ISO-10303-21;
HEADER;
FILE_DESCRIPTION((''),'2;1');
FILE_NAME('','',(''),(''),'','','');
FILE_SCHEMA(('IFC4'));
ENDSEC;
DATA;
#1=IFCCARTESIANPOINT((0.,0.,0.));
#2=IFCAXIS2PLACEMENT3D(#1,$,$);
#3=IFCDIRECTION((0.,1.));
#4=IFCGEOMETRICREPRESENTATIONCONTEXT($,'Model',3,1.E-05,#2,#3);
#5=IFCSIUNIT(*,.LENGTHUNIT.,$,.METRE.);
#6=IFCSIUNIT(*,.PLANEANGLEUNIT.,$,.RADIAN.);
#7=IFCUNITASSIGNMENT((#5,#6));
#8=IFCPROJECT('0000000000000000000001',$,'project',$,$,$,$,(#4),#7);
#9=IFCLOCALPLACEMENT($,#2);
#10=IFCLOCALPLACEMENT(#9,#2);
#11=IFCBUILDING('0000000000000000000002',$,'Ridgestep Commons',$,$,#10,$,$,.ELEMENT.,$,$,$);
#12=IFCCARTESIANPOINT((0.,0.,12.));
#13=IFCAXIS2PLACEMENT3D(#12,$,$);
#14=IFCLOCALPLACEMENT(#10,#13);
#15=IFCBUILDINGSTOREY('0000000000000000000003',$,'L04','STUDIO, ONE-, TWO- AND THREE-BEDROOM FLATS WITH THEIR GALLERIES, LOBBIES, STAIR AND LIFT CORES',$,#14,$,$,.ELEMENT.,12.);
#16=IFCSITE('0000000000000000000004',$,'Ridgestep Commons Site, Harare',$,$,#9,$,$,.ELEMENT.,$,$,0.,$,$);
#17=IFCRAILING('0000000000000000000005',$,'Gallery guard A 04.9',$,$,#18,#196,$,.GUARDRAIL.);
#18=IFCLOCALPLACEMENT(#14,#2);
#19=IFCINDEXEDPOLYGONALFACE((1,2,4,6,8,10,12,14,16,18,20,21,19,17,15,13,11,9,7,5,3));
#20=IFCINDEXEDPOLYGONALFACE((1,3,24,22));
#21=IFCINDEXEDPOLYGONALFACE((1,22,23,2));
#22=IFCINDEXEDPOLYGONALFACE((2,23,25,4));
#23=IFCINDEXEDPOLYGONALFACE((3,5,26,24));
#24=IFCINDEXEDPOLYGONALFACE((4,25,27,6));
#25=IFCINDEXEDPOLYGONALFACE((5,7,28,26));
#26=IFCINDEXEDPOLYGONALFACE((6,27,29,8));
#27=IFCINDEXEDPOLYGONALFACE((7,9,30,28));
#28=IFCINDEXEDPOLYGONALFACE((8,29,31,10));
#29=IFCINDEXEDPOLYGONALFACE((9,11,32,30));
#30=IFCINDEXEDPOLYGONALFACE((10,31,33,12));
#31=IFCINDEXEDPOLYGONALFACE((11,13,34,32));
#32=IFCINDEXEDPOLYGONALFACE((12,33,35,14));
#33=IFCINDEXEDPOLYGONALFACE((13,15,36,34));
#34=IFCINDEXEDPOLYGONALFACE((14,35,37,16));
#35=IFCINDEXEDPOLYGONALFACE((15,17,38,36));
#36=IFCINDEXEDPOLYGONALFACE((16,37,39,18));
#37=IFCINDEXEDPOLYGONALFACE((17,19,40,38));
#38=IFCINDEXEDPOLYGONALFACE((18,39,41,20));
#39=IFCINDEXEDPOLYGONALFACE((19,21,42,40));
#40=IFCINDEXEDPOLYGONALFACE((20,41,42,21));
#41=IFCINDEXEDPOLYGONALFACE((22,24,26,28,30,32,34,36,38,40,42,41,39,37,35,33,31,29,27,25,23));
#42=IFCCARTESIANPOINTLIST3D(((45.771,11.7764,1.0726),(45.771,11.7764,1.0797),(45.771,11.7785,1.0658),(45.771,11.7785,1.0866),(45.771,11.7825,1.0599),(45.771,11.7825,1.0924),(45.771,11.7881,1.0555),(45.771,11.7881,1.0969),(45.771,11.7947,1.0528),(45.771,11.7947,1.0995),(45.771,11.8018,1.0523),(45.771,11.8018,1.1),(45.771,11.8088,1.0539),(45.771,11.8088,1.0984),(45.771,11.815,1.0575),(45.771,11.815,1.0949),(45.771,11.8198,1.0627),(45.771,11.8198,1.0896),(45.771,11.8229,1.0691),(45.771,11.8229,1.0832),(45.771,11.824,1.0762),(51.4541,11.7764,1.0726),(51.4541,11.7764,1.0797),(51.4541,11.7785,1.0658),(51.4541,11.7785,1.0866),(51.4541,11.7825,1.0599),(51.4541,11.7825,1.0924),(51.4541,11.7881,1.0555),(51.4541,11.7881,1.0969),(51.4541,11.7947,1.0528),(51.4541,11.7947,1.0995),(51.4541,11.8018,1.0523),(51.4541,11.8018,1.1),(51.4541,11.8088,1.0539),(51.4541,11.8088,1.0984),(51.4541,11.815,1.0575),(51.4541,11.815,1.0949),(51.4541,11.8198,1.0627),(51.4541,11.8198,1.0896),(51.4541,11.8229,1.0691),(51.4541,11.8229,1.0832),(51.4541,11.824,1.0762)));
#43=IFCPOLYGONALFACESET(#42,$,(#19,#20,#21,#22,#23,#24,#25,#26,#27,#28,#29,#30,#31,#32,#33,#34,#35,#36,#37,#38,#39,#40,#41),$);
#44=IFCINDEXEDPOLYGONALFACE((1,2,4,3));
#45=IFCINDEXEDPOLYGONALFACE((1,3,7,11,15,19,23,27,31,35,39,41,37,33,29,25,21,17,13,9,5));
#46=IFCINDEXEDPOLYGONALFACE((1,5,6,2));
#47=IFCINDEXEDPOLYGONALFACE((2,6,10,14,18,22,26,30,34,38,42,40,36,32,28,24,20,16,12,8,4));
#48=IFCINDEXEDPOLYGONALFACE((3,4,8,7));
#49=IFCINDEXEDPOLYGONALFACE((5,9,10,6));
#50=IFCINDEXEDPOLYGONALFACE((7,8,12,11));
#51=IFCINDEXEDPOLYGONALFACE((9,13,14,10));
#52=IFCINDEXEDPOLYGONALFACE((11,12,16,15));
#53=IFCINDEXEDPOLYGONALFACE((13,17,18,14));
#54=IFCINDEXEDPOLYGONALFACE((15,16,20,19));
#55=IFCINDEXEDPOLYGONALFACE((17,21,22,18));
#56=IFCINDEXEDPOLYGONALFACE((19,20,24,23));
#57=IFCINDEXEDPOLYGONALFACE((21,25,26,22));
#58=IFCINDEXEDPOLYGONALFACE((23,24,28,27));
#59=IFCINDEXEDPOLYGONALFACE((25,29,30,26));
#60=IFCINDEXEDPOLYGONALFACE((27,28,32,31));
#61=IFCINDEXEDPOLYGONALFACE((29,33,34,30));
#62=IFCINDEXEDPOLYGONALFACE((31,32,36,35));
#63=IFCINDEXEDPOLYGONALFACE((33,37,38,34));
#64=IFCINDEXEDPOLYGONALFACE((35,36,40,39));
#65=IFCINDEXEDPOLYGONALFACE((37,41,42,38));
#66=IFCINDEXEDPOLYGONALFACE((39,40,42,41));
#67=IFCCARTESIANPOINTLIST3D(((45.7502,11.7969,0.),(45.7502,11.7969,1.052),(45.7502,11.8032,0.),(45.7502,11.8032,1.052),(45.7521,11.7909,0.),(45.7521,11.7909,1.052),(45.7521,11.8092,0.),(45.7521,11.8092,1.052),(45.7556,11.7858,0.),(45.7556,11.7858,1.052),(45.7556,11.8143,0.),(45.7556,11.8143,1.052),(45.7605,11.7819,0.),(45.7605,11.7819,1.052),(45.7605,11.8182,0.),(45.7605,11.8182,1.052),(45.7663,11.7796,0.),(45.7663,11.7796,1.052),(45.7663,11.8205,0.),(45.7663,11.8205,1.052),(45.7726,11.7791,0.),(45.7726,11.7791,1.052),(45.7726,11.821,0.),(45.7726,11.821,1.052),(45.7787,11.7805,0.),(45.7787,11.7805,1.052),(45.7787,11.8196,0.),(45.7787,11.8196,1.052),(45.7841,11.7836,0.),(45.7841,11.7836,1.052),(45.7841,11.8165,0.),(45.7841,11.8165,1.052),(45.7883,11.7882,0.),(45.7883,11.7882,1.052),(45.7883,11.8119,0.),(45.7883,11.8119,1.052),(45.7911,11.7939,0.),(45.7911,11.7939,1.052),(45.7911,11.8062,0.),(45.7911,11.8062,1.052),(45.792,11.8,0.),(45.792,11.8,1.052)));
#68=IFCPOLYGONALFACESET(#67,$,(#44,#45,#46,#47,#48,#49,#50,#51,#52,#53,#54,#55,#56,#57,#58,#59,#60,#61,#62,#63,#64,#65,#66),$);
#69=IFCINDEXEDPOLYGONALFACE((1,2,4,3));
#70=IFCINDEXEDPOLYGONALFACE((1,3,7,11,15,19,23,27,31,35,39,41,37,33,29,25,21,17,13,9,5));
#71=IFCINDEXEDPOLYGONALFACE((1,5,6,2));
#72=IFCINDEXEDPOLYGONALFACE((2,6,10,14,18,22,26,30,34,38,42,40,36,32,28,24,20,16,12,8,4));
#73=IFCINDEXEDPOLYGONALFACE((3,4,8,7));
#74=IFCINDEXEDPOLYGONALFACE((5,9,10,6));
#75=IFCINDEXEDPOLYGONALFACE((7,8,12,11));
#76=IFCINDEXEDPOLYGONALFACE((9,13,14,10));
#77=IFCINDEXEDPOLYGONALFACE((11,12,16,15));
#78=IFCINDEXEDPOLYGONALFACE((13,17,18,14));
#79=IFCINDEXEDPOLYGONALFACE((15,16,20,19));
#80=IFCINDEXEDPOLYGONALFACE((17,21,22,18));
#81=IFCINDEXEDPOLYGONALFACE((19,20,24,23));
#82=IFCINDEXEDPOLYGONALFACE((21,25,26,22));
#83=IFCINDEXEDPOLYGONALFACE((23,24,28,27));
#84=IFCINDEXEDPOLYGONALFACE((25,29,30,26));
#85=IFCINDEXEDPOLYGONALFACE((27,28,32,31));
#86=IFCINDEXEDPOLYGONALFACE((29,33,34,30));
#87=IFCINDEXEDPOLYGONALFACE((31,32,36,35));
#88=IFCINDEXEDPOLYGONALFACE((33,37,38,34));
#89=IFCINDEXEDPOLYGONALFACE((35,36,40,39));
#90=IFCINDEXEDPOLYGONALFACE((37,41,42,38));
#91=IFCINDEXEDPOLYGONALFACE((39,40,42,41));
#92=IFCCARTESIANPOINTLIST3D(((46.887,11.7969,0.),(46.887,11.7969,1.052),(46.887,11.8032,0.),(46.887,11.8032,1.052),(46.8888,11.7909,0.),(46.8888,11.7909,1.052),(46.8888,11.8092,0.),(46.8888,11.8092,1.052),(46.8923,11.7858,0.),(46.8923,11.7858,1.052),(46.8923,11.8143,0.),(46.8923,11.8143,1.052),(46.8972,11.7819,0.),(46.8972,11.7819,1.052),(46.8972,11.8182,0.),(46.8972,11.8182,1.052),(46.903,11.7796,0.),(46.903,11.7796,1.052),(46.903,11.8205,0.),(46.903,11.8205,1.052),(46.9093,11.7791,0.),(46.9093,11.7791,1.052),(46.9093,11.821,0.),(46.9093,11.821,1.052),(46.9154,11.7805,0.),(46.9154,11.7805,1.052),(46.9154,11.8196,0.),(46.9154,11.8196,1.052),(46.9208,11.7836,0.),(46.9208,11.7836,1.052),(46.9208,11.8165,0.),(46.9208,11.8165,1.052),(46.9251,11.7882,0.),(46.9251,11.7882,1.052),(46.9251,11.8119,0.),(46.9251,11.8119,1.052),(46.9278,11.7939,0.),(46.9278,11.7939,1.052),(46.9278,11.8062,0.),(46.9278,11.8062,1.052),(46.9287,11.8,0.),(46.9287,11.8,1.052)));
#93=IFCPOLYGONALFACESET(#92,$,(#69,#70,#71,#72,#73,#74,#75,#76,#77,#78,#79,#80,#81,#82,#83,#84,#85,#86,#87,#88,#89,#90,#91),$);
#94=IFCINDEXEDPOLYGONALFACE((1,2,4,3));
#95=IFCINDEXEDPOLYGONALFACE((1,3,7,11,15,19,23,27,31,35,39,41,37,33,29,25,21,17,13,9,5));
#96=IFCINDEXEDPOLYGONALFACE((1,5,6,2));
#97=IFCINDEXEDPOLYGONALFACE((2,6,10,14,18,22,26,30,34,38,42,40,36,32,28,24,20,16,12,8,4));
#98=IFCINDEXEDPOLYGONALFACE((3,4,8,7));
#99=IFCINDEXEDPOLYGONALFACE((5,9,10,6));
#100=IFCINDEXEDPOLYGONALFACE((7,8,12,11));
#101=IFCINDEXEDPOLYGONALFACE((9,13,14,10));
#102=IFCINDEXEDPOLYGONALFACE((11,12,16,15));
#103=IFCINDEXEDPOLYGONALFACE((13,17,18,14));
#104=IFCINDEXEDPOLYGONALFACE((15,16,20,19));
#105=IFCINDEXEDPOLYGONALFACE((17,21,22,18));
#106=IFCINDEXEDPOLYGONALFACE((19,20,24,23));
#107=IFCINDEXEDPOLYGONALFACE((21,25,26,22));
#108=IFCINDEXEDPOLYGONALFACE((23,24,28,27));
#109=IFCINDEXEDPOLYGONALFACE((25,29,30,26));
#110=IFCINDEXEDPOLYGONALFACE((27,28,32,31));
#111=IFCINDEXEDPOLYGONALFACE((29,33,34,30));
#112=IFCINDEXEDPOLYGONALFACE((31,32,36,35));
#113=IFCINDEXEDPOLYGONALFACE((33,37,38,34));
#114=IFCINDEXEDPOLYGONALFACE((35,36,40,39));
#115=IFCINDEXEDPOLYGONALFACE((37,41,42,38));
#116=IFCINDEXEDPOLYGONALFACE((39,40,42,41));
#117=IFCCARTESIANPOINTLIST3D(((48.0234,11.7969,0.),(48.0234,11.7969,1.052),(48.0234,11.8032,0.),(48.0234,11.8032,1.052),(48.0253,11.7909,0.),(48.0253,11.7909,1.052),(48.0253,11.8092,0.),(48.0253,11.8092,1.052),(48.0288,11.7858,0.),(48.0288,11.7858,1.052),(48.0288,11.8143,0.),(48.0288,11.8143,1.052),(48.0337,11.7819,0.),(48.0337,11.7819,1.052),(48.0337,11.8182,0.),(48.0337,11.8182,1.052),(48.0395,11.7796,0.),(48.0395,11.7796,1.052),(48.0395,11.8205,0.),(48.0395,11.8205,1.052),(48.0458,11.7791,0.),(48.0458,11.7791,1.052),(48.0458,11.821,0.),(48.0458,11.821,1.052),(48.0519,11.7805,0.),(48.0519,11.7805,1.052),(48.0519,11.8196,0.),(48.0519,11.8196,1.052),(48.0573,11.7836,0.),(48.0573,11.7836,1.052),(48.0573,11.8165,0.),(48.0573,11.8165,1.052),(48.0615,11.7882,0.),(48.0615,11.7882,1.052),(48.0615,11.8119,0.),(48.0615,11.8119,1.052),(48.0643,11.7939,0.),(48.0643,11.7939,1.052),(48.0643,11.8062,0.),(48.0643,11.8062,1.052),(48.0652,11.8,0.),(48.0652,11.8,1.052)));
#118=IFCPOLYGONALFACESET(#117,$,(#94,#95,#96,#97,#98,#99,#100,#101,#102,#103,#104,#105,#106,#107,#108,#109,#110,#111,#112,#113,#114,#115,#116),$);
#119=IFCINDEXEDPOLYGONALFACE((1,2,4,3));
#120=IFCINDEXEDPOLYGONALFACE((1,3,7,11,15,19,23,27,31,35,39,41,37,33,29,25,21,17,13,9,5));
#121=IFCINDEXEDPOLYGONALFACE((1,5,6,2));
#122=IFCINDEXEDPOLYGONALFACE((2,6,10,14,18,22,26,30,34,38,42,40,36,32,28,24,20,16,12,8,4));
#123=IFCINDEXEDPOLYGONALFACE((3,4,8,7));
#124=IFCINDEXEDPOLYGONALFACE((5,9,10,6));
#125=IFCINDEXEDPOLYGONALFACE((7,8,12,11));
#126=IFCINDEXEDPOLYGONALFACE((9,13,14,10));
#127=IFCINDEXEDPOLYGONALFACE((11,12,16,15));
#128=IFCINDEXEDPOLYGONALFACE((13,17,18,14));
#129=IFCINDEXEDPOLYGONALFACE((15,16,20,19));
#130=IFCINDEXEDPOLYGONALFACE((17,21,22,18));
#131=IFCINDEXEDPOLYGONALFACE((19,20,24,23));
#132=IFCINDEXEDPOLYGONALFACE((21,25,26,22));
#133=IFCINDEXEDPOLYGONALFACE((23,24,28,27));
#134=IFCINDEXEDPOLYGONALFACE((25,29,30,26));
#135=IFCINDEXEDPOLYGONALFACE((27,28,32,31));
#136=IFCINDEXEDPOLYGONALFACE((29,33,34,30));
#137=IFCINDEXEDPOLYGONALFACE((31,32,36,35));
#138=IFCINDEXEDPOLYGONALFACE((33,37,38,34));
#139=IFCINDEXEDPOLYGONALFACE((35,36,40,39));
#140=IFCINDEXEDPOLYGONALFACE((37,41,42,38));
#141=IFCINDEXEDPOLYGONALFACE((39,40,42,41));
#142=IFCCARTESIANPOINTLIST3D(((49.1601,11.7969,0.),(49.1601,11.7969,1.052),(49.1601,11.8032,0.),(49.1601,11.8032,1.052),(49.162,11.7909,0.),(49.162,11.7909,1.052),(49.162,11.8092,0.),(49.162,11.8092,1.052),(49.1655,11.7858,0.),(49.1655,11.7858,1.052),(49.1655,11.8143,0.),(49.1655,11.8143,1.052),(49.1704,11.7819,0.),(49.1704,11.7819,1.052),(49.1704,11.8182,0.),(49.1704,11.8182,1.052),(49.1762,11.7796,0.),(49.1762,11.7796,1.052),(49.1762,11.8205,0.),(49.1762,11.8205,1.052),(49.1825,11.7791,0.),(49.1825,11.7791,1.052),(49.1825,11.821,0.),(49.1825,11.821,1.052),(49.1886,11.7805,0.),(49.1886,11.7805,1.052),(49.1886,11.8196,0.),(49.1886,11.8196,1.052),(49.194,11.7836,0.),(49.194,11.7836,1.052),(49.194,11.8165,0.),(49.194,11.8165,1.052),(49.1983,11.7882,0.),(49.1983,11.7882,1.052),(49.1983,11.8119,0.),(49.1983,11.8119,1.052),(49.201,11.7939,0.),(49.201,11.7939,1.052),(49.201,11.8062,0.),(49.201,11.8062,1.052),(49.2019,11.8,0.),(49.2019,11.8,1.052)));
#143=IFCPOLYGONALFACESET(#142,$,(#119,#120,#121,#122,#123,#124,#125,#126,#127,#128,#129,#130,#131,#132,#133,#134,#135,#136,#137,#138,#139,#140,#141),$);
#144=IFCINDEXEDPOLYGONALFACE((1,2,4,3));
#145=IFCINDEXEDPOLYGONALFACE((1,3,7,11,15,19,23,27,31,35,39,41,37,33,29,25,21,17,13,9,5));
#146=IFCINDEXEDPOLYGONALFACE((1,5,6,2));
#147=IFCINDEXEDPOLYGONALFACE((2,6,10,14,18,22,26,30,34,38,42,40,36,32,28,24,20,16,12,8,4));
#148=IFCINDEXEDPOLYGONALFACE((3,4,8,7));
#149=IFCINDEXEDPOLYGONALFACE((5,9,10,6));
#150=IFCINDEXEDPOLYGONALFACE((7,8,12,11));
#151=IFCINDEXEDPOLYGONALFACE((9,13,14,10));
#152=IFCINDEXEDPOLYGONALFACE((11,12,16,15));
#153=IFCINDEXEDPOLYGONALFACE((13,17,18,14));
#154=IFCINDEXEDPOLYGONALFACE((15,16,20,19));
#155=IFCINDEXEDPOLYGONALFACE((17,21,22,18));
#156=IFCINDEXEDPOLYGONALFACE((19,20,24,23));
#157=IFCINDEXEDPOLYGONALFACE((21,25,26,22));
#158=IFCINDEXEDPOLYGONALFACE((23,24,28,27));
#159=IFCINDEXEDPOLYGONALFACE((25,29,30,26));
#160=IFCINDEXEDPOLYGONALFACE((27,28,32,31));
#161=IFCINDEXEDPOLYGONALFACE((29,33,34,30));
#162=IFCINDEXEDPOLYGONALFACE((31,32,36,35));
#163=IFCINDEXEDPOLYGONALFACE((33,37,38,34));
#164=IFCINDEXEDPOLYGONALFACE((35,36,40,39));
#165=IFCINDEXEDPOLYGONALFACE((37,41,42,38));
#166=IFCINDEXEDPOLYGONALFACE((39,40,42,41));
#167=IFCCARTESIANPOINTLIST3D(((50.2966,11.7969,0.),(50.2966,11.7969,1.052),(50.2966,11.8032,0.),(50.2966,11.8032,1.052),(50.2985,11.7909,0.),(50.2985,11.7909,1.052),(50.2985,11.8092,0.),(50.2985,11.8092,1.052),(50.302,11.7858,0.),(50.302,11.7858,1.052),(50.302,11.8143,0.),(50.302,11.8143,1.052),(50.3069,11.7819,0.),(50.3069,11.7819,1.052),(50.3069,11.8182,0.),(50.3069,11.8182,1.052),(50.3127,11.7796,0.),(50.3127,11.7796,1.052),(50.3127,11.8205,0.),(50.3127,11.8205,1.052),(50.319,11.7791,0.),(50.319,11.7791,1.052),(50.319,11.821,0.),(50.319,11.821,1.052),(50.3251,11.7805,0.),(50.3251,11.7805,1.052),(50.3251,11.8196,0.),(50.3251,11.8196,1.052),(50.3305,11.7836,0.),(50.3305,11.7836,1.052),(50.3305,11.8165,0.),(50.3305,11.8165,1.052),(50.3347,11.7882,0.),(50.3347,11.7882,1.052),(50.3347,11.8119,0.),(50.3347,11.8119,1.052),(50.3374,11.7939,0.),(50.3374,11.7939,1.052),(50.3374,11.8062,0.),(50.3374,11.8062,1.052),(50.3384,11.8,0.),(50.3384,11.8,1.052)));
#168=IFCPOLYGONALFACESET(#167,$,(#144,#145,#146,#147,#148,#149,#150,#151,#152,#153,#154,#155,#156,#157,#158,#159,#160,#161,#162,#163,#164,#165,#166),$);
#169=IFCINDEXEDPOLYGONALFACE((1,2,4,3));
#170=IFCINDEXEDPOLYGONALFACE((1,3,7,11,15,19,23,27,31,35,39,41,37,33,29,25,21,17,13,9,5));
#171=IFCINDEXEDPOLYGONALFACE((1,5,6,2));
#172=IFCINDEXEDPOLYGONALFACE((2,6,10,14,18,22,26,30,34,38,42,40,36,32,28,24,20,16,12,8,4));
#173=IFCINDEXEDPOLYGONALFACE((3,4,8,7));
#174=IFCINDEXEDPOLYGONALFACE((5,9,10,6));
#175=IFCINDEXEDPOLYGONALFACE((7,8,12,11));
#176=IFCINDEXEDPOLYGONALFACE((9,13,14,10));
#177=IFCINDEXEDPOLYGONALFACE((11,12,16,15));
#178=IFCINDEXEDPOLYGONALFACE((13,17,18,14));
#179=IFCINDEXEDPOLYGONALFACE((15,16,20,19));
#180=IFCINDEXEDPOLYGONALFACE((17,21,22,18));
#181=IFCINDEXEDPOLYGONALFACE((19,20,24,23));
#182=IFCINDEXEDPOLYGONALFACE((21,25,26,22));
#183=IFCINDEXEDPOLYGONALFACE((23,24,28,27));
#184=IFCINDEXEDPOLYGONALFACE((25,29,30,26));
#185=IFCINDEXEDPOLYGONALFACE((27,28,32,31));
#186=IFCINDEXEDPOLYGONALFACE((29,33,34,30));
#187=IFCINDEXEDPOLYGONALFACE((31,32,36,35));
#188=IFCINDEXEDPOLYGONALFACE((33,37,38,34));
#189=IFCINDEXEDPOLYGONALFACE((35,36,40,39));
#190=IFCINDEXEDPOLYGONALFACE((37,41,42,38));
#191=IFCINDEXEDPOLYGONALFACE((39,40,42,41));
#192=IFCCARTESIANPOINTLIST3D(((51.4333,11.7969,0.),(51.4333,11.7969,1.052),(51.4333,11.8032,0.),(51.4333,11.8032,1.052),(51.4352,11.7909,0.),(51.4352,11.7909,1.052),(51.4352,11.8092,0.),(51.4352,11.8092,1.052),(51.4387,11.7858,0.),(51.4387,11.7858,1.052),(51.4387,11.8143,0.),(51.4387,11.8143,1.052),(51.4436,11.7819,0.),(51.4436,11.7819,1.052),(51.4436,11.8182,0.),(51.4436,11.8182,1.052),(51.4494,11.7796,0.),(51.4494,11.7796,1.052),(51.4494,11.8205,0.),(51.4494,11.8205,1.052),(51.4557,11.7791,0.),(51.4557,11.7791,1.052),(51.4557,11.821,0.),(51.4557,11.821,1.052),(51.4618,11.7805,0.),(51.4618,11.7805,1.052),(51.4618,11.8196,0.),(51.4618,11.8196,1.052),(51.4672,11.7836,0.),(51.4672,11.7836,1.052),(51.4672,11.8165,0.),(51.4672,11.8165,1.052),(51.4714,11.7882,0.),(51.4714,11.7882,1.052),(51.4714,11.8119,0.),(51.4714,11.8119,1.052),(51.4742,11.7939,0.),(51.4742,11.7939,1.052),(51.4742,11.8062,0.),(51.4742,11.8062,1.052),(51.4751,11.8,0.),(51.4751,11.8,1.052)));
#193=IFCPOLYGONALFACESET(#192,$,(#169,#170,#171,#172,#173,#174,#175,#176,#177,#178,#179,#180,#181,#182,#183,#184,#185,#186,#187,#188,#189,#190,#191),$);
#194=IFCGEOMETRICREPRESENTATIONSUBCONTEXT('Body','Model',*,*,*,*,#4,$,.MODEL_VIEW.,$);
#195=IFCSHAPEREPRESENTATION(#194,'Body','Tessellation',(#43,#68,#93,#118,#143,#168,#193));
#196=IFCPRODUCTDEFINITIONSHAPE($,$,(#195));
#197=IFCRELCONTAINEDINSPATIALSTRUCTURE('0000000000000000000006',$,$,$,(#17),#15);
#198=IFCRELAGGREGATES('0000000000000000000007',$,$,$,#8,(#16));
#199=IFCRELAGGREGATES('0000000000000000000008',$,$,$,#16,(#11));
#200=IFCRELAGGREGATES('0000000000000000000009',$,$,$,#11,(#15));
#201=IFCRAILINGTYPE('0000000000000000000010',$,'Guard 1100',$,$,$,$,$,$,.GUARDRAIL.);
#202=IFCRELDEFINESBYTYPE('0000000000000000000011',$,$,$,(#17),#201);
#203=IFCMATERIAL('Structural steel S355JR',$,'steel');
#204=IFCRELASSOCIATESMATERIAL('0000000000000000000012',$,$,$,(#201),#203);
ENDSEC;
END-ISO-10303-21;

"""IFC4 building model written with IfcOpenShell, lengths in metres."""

from ifc_helpers import new_model, si_unit, direction, frame, origin, origin_2d, place, context, subcontext, project, spatial, circle, extrude, material, type_object, element, save


model = new_model("IFC4")

# Units and contexts
model_context = context("Model", 3, precision=1e-05, world=origin(), true_north=direction((0.0, 1.0)))
body_context = subcontext(model_context, "Body", "Model", "MODEL_VIEW")
ifc_project = project(units=[si_unit("LENGTHUNIT", "METRE"), si_unit("PLANEANGLEUNIT", "RADIAN")], contexts=[model_context])

# Site, building, storey
site_placement = place(None, origin())
site = spatial("IfcSite", under=ifc_project, at=site_placement, Name="Ridgestep Commons Site, Harare", CompositionType="ELEMENT", RefElevation=0.0)
building_placement = place(site_placement, origin())
building = spatial("IfcBuilding", under=site, at=building_placement, Name="Ridgestep Commons", CompositionType="ELEMENT")
storey_placement = place(building_placement, frame((0.0, 0.0, 12.0)))
storey = spatial("IfcBuildingStorey", under=building, at=storey_placement, Name="L04", Description="STUDIO, ONE-, TWO- AND THREE-BEDROOM FLATS WITH THEIR GALLERIES, LOBBIES, STAIR AND LIFT CORES", CompositionType="ELEMENT", Elevation=12.0)

# Railing
ifc_material_1 = material(Name="Structural steel S355JR", Category="steel")
railing_type = type_object("IfcRailingType", Name="Guard 1100", PredefinedType="GUARDRAIL", material=ifc_material_1)
railing_1_placement = place(storey_placement, frame((45.771, 11.8, 0.0)))
element("IfcRailing", 1, at=railing_1_placement, inside=storey, type_object=railing_type, Name="Gallery guard A 04.9", PredefinedType="GUARDRAIL", context=body_context, shape_type="SweptSolid", body=[
    extrude(circle(Radius=0.0239, at=origin_2d()), frame((0.0, 0.0, 1.0762), z_axis=(1.0, 0.0, 0.0), x_axis=(0.0, 1.0, 0.0)), (0.0, 0.0, 1.0), 5.6831),
    extrude(circle(Radius=0.021, at=origin_2d()), origin(), (0.0, 0.0, 1.0), 1.052),
    extrude(circle(Radius=0.021, at=origin_2d()), frame((1.1367, 0.0, 0.0)), (0.0, 0.0, 1.0), 1.052),
    extrude(circle(Radius=0.021, at=origin_2d()), frame((2.2732, 0.0, 0.0)), (0.0, 0.0, 1.0), 1.052),
    extrude(circle(Radius=0.021, at=origin_2d()), frame((3.4099, 0.0, 0.0)), (0.0, 0.0, 1.0), 1.052),
    extrude(circle(Radius=0.021, at=origin_2d()), frame((4.5464, 0.0, 0.0)), (0.0, 0.0, 1.0), 1.052),
    extrude(circle(Radius=0.021, at=origin_2d()), frame((5.6831, 0.0, 0.0)), (0.0, 0.0, 1.0), 1.052),
])

save(model, "model.ifc")
